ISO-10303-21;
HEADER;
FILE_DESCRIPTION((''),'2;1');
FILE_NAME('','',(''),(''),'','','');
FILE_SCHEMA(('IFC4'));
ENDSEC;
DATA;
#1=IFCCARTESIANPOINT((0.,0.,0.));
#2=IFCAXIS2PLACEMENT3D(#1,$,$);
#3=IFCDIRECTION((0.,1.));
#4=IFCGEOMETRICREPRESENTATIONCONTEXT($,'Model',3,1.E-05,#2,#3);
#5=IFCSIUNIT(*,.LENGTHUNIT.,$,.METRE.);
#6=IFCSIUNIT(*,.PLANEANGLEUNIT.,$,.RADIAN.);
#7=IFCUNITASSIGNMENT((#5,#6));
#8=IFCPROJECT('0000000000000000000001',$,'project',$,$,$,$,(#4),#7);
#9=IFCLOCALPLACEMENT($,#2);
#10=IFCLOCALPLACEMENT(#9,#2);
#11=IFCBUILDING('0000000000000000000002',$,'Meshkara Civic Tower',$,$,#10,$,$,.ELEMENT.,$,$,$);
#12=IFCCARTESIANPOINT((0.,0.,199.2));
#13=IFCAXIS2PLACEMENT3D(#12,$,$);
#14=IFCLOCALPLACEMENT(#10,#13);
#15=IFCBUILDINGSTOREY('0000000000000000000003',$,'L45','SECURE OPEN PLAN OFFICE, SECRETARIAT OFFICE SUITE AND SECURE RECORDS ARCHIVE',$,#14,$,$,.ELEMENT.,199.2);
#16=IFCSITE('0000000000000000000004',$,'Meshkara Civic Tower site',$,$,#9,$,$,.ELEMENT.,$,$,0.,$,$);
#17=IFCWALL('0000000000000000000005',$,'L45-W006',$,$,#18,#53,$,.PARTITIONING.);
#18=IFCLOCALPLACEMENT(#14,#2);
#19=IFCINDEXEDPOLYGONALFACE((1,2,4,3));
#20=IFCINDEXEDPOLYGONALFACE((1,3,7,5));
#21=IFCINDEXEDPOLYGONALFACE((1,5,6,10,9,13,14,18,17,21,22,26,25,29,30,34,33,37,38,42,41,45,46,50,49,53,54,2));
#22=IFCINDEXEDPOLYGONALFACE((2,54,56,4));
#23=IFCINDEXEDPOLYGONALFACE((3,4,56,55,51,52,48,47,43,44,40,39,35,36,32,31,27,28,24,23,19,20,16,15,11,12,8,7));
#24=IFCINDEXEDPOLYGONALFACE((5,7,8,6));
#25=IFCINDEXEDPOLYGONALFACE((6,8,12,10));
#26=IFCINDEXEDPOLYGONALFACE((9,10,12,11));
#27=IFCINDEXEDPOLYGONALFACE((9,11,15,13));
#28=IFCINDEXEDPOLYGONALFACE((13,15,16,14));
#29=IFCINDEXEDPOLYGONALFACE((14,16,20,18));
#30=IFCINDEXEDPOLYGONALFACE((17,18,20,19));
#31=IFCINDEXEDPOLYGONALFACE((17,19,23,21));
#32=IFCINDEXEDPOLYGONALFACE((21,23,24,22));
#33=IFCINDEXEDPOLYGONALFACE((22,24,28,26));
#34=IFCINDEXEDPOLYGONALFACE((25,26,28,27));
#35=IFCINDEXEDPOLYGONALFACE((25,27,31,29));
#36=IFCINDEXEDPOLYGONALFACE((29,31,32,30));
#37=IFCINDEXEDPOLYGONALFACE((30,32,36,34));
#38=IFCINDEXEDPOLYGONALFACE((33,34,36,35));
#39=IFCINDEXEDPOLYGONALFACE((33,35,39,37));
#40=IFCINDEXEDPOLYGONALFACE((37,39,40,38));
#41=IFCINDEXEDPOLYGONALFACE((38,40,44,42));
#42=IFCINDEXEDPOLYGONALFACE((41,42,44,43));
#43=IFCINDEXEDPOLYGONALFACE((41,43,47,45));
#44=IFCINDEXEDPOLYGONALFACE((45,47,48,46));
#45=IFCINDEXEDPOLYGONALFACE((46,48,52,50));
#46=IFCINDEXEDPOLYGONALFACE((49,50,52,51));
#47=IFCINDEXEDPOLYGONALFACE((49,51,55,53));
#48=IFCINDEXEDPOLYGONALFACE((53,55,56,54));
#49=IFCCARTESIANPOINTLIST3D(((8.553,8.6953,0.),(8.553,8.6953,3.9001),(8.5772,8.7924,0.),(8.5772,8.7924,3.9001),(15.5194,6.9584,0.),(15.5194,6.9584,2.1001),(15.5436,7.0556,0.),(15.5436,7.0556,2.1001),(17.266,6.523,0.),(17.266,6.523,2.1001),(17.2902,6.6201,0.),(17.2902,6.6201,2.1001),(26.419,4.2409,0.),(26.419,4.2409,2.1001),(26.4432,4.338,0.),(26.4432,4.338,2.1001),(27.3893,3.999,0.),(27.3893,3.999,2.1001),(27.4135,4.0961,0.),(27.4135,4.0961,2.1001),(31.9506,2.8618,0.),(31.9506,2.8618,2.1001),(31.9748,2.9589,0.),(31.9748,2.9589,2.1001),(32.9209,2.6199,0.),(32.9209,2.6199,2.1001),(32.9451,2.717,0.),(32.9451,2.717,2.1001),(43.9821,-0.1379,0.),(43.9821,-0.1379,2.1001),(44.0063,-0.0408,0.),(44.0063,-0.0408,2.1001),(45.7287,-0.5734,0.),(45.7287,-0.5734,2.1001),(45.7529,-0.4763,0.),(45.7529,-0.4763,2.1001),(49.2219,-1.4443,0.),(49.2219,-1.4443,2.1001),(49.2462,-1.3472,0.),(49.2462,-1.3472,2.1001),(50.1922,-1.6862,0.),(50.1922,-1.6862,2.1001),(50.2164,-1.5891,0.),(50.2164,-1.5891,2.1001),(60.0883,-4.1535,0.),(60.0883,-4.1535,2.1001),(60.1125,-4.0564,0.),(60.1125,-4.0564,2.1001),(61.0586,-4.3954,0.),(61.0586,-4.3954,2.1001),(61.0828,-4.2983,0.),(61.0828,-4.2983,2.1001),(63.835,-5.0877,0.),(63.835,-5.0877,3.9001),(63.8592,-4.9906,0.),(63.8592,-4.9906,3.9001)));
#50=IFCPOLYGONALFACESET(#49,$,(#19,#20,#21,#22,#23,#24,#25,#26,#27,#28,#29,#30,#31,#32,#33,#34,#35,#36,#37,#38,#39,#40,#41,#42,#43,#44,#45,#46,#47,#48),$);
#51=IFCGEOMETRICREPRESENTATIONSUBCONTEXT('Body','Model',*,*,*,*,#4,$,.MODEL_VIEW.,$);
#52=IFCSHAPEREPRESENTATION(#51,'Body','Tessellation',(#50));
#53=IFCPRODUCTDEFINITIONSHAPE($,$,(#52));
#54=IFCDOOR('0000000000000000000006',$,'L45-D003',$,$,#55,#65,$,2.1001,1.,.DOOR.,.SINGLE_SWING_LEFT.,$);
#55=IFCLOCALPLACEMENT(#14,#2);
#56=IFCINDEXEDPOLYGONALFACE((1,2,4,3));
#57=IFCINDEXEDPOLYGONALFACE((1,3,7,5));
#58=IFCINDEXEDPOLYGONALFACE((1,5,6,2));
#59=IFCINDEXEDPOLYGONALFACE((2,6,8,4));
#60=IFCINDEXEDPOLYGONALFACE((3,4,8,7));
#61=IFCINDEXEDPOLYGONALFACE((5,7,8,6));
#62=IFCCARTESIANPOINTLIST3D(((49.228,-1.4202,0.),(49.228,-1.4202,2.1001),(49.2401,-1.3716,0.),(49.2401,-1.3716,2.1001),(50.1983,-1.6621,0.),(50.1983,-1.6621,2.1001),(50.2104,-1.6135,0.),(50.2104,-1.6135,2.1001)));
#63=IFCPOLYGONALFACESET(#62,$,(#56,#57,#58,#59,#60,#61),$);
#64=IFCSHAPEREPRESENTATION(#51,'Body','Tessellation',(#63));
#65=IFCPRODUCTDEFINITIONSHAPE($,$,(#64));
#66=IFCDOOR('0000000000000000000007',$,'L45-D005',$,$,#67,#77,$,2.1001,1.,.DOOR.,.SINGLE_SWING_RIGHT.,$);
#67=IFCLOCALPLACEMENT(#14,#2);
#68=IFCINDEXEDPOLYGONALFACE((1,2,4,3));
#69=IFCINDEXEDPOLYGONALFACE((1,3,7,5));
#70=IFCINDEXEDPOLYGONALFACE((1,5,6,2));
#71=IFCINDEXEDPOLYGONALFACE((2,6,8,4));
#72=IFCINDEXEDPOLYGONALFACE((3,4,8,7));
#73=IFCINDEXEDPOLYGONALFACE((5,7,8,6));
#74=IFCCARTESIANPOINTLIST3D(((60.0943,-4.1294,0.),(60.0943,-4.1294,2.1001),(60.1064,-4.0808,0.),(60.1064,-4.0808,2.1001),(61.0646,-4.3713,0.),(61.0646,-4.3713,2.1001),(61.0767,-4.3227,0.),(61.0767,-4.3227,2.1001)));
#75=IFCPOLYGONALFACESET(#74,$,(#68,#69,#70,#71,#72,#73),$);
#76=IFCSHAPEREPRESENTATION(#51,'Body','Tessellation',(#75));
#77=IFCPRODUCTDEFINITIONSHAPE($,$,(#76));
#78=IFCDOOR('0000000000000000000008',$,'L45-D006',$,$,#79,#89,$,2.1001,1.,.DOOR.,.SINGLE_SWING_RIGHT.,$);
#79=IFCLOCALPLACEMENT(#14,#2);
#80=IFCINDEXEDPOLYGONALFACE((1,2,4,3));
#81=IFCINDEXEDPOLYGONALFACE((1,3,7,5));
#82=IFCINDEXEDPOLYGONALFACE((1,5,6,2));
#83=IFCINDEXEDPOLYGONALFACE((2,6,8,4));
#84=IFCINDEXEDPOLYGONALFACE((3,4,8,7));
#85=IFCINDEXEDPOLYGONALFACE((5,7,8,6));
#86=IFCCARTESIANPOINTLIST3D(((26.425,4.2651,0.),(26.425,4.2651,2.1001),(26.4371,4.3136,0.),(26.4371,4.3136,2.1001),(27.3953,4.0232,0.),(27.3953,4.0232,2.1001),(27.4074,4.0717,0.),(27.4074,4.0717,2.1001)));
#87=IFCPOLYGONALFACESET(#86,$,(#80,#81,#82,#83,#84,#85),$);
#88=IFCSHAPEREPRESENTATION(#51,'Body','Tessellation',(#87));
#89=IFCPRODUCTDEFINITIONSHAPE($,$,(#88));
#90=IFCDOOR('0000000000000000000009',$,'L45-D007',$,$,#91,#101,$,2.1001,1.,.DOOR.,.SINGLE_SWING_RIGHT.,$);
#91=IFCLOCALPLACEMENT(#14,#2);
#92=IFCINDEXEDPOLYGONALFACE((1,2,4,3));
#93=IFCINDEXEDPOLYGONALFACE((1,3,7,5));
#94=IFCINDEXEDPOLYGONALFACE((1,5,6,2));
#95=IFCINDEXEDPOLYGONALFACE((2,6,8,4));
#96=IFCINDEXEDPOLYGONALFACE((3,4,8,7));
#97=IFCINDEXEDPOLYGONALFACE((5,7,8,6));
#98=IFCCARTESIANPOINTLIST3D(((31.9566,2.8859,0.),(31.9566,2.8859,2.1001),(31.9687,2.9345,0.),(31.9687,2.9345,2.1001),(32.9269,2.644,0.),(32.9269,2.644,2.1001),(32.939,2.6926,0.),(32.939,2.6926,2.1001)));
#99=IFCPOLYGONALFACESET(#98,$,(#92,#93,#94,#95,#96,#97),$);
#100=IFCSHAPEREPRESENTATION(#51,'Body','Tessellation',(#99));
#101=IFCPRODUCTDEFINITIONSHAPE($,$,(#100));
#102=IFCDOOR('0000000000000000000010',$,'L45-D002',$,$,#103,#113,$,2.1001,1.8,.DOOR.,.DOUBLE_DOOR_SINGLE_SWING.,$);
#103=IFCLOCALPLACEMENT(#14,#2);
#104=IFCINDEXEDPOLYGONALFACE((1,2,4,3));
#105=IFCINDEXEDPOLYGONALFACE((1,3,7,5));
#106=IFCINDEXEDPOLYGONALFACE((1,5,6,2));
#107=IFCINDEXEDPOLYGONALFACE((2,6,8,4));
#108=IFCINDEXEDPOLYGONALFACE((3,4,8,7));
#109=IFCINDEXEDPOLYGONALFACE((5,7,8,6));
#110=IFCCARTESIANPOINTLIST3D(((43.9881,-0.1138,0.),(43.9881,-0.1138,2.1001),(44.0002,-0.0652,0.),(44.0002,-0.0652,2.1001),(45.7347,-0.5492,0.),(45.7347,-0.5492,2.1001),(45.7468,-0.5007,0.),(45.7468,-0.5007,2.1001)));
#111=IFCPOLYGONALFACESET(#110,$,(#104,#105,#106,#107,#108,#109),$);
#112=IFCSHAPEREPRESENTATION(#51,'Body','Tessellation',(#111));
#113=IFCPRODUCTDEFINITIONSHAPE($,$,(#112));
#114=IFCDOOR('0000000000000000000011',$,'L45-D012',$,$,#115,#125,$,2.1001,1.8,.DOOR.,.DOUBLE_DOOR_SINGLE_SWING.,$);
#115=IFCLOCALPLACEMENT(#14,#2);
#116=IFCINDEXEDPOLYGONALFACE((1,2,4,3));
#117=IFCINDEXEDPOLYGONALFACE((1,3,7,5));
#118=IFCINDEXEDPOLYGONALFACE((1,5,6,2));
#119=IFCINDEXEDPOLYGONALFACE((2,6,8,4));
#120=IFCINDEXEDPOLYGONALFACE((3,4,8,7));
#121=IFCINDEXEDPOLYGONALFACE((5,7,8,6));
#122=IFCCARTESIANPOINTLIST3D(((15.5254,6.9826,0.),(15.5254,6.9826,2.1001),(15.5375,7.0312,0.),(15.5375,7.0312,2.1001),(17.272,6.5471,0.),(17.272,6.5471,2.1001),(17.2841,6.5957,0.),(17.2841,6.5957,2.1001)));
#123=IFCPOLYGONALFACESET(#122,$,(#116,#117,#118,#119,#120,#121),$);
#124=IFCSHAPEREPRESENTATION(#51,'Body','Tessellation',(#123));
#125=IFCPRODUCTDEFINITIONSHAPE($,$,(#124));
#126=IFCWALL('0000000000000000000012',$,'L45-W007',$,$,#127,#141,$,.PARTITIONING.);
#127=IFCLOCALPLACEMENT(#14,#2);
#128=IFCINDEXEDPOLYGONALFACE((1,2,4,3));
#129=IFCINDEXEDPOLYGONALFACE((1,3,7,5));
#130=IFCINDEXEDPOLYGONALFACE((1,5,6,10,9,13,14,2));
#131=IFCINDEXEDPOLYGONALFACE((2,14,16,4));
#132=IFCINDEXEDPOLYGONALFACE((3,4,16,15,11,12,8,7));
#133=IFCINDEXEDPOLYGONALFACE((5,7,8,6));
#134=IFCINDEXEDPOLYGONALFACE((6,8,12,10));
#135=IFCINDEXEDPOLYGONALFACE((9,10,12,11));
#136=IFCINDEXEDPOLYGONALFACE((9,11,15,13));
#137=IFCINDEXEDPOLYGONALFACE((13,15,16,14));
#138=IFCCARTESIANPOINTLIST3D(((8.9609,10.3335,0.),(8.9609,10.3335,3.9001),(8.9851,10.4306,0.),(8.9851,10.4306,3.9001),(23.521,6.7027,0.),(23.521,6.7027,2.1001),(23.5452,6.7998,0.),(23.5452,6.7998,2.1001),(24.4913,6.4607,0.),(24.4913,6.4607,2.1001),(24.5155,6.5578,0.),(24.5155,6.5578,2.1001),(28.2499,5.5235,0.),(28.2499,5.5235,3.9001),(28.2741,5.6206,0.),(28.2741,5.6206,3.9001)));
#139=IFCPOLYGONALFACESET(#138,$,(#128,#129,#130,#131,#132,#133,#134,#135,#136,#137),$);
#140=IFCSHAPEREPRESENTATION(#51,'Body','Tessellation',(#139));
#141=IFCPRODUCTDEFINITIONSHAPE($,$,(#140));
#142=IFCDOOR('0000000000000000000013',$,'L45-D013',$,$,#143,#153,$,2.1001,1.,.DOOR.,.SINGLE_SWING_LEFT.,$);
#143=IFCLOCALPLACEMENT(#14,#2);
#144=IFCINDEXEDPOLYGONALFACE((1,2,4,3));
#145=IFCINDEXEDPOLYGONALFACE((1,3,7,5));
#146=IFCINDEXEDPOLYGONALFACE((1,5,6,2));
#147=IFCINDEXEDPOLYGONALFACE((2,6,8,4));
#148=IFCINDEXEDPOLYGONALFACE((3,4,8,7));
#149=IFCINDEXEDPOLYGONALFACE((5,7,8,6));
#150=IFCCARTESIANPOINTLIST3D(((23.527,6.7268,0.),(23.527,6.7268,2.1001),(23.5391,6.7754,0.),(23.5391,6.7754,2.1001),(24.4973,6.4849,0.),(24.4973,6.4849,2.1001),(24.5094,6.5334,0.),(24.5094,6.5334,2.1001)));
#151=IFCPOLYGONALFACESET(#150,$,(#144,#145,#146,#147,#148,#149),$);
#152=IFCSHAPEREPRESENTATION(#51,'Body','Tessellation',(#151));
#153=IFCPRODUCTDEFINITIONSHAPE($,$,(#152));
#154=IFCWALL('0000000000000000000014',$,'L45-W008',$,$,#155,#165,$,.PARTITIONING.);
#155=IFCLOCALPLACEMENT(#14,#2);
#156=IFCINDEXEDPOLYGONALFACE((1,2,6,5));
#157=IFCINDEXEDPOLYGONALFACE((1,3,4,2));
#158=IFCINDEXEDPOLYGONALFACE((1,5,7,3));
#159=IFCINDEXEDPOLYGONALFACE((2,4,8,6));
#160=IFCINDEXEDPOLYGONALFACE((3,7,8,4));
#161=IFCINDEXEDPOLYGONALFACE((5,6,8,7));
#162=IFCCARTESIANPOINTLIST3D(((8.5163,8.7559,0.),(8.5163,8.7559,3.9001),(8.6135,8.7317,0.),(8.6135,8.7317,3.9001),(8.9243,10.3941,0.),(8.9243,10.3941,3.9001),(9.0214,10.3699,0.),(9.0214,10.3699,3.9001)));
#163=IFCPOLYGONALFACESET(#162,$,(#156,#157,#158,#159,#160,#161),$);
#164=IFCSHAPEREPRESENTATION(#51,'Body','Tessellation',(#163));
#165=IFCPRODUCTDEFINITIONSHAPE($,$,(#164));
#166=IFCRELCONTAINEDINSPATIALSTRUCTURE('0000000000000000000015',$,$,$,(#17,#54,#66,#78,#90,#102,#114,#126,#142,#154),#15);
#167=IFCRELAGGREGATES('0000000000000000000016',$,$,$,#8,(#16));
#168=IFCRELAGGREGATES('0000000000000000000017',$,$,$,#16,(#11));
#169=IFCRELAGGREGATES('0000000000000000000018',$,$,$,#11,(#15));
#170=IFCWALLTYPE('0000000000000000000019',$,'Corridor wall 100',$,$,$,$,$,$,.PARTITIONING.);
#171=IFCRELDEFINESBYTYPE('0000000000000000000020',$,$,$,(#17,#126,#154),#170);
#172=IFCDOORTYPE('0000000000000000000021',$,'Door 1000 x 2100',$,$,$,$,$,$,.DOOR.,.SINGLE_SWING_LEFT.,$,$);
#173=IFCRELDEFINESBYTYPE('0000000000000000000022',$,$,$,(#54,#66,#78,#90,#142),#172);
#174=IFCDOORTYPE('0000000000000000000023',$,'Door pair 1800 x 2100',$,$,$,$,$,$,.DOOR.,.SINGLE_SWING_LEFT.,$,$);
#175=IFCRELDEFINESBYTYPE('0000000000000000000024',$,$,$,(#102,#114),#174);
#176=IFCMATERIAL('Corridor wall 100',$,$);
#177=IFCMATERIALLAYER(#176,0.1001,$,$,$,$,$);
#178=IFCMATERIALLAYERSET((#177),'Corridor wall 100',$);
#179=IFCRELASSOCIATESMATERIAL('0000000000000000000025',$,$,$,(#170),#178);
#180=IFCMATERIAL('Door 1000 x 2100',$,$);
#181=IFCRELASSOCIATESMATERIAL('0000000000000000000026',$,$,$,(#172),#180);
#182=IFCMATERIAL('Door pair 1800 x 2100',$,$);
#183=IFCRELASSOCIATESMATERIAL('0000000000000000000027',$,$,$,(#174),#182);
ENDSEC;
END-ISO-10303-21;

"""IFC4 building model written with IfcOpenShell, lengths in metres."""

from ifc_helpers import new_model, si_unit, direction, frame, frame_2d, origin, place, context, subcontext, project, spatial, rectangle, extrude, material, layer, layer_set, type_object, element, fill, save


model = new_model("IFC4")

# Units and contexts
model_context = context("Model", 3, precision=1e-05, world=origin(), true_north=direction((0.0, 1.0)))
body_context = subcontext(model_context, "Body", "Model", "MODEL_VIEW")
ifc_project = project(units=[si_unit("LENGTHUNIT", "METRE"), si_unit("PLANEANGLEUNIT", "RADIAN")], contexts=[model_context])

# Site, building, storey
site_placement = place(None, origin())
site = spatial("IfcSite", under=ifc_project, at=site_placement, Name="Meshkara Civic Tower site", CompositionType="ELEMENT", RefElevation=0.0)
building_placement = place(site_placement, origin())
building = spatial("IfcBuilding", under=site, at=building_placement, Name="Meshkara Civic Tower", CompositionType="ELEMENT")
storey_placement = place(building_placement, frame((0.0, 0.0, 199.2)))
storey = spatial("IfcBuildingStorey", under=building, at=storey_placement, Name="L45", Description="SECURE OPEN PLAN OFFICE, SECRETARIAT OFFICE SUITE AND SECURE RECORDS ARCHIVE", CompositionType="ELEMENT", Elevation=199.2)

# Wall, openings, doors
ifc_material_1 = material(Name="Corridor wall 100")
ifc_layer_1 = layer(ifc_material_1, 0.1001)
ifc_layer_set_1 = layer_set([ifc_layer_1], Name="Corridor wall 100")
wall_type_1 = type_object("IfcWallType", Name="Corridor wall 100", PredefinedType="PARTITIONING", material=ifc_layer_set_1)
wall_1_placement = place(storey_placement, frame((8.5649, 8.7439, 0.0), z_axis=(0.0, 0.0, 1.0), x_axis=(0.970297, -0.241915, 0.0)))
wall_1 = element("IfcWall", 1, at=wall_1_placement, inside=storey, type_object=wall_type_1, Name="L45-W006", PredefinedType="PARTITIONING", context=body_context, shape_type="SweptSolid", body=[
    extrude(rectangle(XDim=56.9744, YDim=0.1001, at=frame_2d((28.4873, 0.0))), origin(), (0.0, 0.0, 1.0), 3.9001),
])
opening_1_placement = place(wall_1_placement, frame((36.5139, 0.0, 0.0)))
opening_1 = element("IfcOpeningElement", 2, at=opening_1_placement, cuts=wall_1, PredefinedType="OPENING", context=body_context, shape_type="SweptSolid", body=[
    extrude(rectangle(XDim=1.8, YDim=2.1001, at=frame_2d((0.8999, 1.05))), frame((0.0, 0.0601, 0.0), z_axis=(0.0, -1.0, 0.0), x_axis=(1.0, 0.0, 0.0)), (0.0, 0.0, 1.0), 0.1201),
])
opening_2_placement = place(wall_1_placement, frame((41.9141, 0.0, 0.0)))
opening_2 = element("IfcOpeningElement", 3, at=opening_2_placement, cuts=wall_1, PredefinedType="OPENING", context=body_context, shape_type="SweptSolid", body=[
    extrude(rectangle(XDim=1.0, YDim=2.1001, at=frame_2d((0.5, 1.05))), frame((0.0, 0.0601, 0.0), z_axis=(0.0, -1.0, 0.0), x_axis=(1.0, 0.0, 0.0)), (0.0, 0.0, 1.0), 0.1201),
])
opening_3_placement = place(wall_1_placement, frame((53.113, 0.0, 0.0)))
opening_3 = element("IfcOpeningElement", 4, at=opening_3_placement, cuts=wall_1, PredefinedType="OPENING", context=body_context, shape_type="SweptSolid", body=[
    extrude(rectangle(XDim=1.0, YDim=2.1001, at=frame_2d((0.5, 1.05))), frame((0.0, 0.0601, 0.0), z_axis=(0.0, -1.0, 0.0), x_axis=(1.0, 0.0, 0.0)), (0.0, 0.0, 1.0), 0.1201),
])
opening_4_placement = place(wall_1_placement, frame((18.4131, 0.0, 0.0)))
opening_4 = element("IfcOpeningElement", 5, at=opening_4_placement, cuts=wall_1, PredefinedType="OPENING", context=body_context, shape_type="SweptSolid", body=[
    extrude(rectangle(XDim=1.0, YDim=2.1001, at=frame_2d((0.5, 1.05))), frame((0.0, 0.0601, 0.0), z_axis=(0.0, -1.0, 0.0), x_axis=(1.0, 0.0, 0.0)), (0.0, 0.0, 1.0), 0.1201),
])
opening_5_placement = place(wall_1_placement, frame((24.114, 0.0, 0.0)))
opening_5 = element("IfcOpeningElement", 6, at=opening_5_placement, cuts=wall_1, PredefinedType="OPENING", context=body_context, shape_type="SweptSolid", body=[
    extrude(rectangle(XDim=1.0, YDim=2.1001, at=frame_2d((0.5, 1.05))), frame((0.0, 0.0601, 0.0), z_axis=(0.0, -1.0, 0.0), x_axis=(1.0, 0.0, 0.0)), (0.0, 0.0, 1.0), 0.1201),
])
opening_6_placement = place(wall_1_placement, frame((7.1799, 0.0, 0.0)))
opening_6 = element("IfcOpeningElement", 7, at=opening_6_placement, cuts=wall_1, PredefinedType="OPENING", context=body_context, shape_type="SweptSolid", body=[
    extrude(rectangle(XDim=1.8, YDim=2.1001, at=frame_2d((0.8999, 1.05))), frame((0.0, 0.0601, 0.0), z_axis=(0.0, -1.0, 0.0), x_axis=(1.0, 0.0, 0.0)), (0.0, 0.0, 1.0), 0.1201),
])
ifc_material_2 = material(Name="Door 1000 x 2100")
door_type_1 = type_object("IfcDoorType", Name="Door 1000 x 2100", OperationType="SINGLE_SWING_LEFT", PredefinedType="DOOR", material=ifc_material_2)
door_1_placement = place(opening_2_placement, origin())
door_1 = element("IfcDoor", 8, at=door_1_placement, inside=storey, type_object=door_type_1, Name="L45-D003", OperationType="SINGLE_SWING_LEFT", OverallHeight=2.1001, OverallWidth=1.0, PredefinedType="DOOR", context=body_context, shape_type="SweptSolid", body=[
    extrude(rectangle(XDim=1.0, YDim=2.1001, at=frame_2d((0.5, 1.05))), frame((0.0, 0.0249, 0.0), z_axis=(0.0, -1.0, 0.0), x_axis=(1.0, 0.0, 0.0)), (0.0, 0.0, 1.0), 0.05),
])
fill(opening_2, door_1)
door_2_placement = place(opening_3_placement, origin())
door_2 = element("IfcDoor", 9, at=door_2_placement, inside=storey, type_object=door_type_1, Name="L45-D005", OperationType="SINGLE_SWING_RIGHT", OverallHeight=2.1001, OverallWidth=1.0, PredefinedType="DOOR", context=body_context, shape_type="SweptSolid", body=[
    extrude(rectangle(XDim=1.0, YDim=2.1001, at=frame_2d((0.5, 1.05))), frame((0.0, 0.0249, 0.0), z_axis=(0.0, -1.0, 0.0), x_axis=(1.0, 0.0, 0.0)), (0.0, 0.0, 1.0), 0.05),
])
fill(opening_3, door_2)
door_3_placement = place(opening_4_placement, origin())
door_3 = element("IfcDoor", 10, at=door_3_placement, inside=storey, type_object=door_type_1, Name="L45-D006", OperationType="SINGLE_SWING_RIGHT", OverallHeight=2.1001, OverallWidth=1.0, PredefinedType="DOOR", context=body_context, shape_type="SweptSolid", body=[
    extrude(rectangle(XDim=1.0, YDim=2.1001, at=frame_2d((0.5, 1.05))), frame((0.0, 0.0249, 0.0), z_axis=(0.0, -1.0, 0.0), x_axis=(1.0, 0.0, 0.0)), (0.0, 0.0, 1.0), 0.05),
])
fill(opening_4, door_3)
door_4_placement = place(opening_5_placement, origin())
door_4 = element("IfcDoor", 11, at=door_4_placement, inside=storey, type_object=door_type_1, Name="L45-D007", OperationType="SINGLE_SWING_RIGHT", OverallHeight=2.1001, OverallWidth=1.0, PredefinedType="DOOR", context=body_context, shape_type="SweptSolid", body=[
    extrude(rectangle(XDim=1.0, YDim=2.1001, at=frame_2d((0.5, 1.05))), frame((0.0, 0.0249, 0.0), z_axis=(0.0, -1.0, 0.0), x_axis=(1.0, 0.0, 0.0)), (0.0, 0.0, 1.0), 0.05),
])
fill(opening_5, door_4)
ifc_material_3 = material(Name="Door pair 1800 x 2100")
door_type_2 = type_object("IfcDoorType", Name="Door pair 1800 x 2100", OperationType="SINGLE_SWING_LEFT", PredefinedType="DOOR", material=ifc_material_3)
door_5_placement = place(opening_1_placement, origin())
door_5 = element("IfcDoor", 12, at=door_5_placement, inside=storey, type_object=door_type_2, Name="L45-D002", OperationType="DOUBLE_DOOR_SINGLE_SWING", OverallHeight=2.1001, OverallWidth=1.8, PredefinedType="DOOR", context=body_context, shape_type="SweptSolid", body=[
    extrude(rectangle(XDim=1.8, YDim=2.1001, at=frame_2d((0.8999, 1.05))), frame((0.0, 0.0249, 0.0), z_axis=(0.0, -1.0, 0.0), x_axis=(1.0, 0.0, 0.0)), (0.0, 0.0, 1.0), 0.05),
])
fill(opening_1, door_5)
door_6_placement = place(opening_6_placement, origin())
door_6 = element("IfcDoor", 13, at=door_6_placement, inside=storey, type_object=door_type_2, Name="L45-D012", OperationType="DOUBLE_DOOR_SINGLE_SWING", OverallHeight=2.1001, OverallWidth=1.8, PredefinedType="DOOR", context=body_context, shape_type="SweptSolid", body=[
    extrude(rectangle(XDim=1.8, YDim=2.1001, at=frame_2d((0.8999, 1.05))), frame((0.0, 0.0249, 0.0), z_axis=(0.0, -1.0, 0.0), x_axis=(1.0, 0.0, 0.0)), (0.0, 0.0, 1.0), 0.05),
])
fill(opening_6, door_6)

# Wall, opening, door
wall_2_placement = place(storey_placement, frame((8.9729, 10.3821, 0.0), z_axis=(0.0, 0.0, 1.0), x_axis=(0.970287, -0.241958, 0.0)))
wall_2 = element("IfcWall", 14, at=wall_2_placement, inside=storey, type_object=wall_type_1, Name="L45-W007", PredefinedType="PARTITIONING", context=body_context, shape_type="SweptSolid", body=[
    extrude(rectangle(XDim=19.8796, YDim=0.1001, at=frame_2d((9.9399, 0.0))), origin(), (0.0, 0.0, 1.0), 3.9001),
])
opening_7_placement = place(wall_2_placement, frame((15.0061, 0.0, 0.0)))
opening_7 = element("IfcOpeningElement", 15, at=opening_7_placement, cuts=wall_2, PredefinedType="OPENING", context=body_context, shape_type="SweptSolid", body=[
    extrude(rectangle(XDim=1.0, YDim=2.1001, at=frame_2d((0.5, 1.05))), frame((0.0, 0.0601, 0.0), z_axis=(0.0, -1.0, 0.0), x_axis=(1.0, 0.0, 0.0)), (0.0, 0.0, 1.0), 0.1201),
])
door_7_placement = place(opening_7_placement, origin())
door_7 = element("IfcDoor", 16, at=door_7_placement, inside=storey, type_object=door_type_1, Name="L45-D013", OperationType="SINGLE_SWING_LEFT", OverallHeight=2.1001, OverallWidth=1.0, PredefinedType="DOOR", context=body_context, shape_type="SweptSolid", body=[
    extrude(rectangle(XDim=1.0, YDim=2.1001, at=frame_2d((0.5, 1.05))), frame((0.0, 0.0249, 0.0), z_axis=(0.0, -1.0, 0.0), x_axis=(1.0, 0.0, 0.0)), (0.0, 0.0, 1.0), 0.05),
])
fill(opening_7, door_7)

# Wall
wall_3_placement = place(storey_placement, frame((8.9729, 10.3821, 0.0), z_axis=(0.0, 0.0, 1.0), x_axis=(-0.241651, -0.970363, 0.0)))
element("IfcWall", 17, at=wall_3_placement, inside=storey, type_object=wall_type_1, Name="L45-W008", PredefinedType="PARTITIONING", context=body_context, shape_type="SweptSolid", body=[
    extrude(rectangle(XDim=1.6882, YDim=0.1001, at=frame_2d((0.8442, 0.0))), origin(), (0.0, 0.0, 1.0), 3.9001),
])

save(model, "model.ifc")
